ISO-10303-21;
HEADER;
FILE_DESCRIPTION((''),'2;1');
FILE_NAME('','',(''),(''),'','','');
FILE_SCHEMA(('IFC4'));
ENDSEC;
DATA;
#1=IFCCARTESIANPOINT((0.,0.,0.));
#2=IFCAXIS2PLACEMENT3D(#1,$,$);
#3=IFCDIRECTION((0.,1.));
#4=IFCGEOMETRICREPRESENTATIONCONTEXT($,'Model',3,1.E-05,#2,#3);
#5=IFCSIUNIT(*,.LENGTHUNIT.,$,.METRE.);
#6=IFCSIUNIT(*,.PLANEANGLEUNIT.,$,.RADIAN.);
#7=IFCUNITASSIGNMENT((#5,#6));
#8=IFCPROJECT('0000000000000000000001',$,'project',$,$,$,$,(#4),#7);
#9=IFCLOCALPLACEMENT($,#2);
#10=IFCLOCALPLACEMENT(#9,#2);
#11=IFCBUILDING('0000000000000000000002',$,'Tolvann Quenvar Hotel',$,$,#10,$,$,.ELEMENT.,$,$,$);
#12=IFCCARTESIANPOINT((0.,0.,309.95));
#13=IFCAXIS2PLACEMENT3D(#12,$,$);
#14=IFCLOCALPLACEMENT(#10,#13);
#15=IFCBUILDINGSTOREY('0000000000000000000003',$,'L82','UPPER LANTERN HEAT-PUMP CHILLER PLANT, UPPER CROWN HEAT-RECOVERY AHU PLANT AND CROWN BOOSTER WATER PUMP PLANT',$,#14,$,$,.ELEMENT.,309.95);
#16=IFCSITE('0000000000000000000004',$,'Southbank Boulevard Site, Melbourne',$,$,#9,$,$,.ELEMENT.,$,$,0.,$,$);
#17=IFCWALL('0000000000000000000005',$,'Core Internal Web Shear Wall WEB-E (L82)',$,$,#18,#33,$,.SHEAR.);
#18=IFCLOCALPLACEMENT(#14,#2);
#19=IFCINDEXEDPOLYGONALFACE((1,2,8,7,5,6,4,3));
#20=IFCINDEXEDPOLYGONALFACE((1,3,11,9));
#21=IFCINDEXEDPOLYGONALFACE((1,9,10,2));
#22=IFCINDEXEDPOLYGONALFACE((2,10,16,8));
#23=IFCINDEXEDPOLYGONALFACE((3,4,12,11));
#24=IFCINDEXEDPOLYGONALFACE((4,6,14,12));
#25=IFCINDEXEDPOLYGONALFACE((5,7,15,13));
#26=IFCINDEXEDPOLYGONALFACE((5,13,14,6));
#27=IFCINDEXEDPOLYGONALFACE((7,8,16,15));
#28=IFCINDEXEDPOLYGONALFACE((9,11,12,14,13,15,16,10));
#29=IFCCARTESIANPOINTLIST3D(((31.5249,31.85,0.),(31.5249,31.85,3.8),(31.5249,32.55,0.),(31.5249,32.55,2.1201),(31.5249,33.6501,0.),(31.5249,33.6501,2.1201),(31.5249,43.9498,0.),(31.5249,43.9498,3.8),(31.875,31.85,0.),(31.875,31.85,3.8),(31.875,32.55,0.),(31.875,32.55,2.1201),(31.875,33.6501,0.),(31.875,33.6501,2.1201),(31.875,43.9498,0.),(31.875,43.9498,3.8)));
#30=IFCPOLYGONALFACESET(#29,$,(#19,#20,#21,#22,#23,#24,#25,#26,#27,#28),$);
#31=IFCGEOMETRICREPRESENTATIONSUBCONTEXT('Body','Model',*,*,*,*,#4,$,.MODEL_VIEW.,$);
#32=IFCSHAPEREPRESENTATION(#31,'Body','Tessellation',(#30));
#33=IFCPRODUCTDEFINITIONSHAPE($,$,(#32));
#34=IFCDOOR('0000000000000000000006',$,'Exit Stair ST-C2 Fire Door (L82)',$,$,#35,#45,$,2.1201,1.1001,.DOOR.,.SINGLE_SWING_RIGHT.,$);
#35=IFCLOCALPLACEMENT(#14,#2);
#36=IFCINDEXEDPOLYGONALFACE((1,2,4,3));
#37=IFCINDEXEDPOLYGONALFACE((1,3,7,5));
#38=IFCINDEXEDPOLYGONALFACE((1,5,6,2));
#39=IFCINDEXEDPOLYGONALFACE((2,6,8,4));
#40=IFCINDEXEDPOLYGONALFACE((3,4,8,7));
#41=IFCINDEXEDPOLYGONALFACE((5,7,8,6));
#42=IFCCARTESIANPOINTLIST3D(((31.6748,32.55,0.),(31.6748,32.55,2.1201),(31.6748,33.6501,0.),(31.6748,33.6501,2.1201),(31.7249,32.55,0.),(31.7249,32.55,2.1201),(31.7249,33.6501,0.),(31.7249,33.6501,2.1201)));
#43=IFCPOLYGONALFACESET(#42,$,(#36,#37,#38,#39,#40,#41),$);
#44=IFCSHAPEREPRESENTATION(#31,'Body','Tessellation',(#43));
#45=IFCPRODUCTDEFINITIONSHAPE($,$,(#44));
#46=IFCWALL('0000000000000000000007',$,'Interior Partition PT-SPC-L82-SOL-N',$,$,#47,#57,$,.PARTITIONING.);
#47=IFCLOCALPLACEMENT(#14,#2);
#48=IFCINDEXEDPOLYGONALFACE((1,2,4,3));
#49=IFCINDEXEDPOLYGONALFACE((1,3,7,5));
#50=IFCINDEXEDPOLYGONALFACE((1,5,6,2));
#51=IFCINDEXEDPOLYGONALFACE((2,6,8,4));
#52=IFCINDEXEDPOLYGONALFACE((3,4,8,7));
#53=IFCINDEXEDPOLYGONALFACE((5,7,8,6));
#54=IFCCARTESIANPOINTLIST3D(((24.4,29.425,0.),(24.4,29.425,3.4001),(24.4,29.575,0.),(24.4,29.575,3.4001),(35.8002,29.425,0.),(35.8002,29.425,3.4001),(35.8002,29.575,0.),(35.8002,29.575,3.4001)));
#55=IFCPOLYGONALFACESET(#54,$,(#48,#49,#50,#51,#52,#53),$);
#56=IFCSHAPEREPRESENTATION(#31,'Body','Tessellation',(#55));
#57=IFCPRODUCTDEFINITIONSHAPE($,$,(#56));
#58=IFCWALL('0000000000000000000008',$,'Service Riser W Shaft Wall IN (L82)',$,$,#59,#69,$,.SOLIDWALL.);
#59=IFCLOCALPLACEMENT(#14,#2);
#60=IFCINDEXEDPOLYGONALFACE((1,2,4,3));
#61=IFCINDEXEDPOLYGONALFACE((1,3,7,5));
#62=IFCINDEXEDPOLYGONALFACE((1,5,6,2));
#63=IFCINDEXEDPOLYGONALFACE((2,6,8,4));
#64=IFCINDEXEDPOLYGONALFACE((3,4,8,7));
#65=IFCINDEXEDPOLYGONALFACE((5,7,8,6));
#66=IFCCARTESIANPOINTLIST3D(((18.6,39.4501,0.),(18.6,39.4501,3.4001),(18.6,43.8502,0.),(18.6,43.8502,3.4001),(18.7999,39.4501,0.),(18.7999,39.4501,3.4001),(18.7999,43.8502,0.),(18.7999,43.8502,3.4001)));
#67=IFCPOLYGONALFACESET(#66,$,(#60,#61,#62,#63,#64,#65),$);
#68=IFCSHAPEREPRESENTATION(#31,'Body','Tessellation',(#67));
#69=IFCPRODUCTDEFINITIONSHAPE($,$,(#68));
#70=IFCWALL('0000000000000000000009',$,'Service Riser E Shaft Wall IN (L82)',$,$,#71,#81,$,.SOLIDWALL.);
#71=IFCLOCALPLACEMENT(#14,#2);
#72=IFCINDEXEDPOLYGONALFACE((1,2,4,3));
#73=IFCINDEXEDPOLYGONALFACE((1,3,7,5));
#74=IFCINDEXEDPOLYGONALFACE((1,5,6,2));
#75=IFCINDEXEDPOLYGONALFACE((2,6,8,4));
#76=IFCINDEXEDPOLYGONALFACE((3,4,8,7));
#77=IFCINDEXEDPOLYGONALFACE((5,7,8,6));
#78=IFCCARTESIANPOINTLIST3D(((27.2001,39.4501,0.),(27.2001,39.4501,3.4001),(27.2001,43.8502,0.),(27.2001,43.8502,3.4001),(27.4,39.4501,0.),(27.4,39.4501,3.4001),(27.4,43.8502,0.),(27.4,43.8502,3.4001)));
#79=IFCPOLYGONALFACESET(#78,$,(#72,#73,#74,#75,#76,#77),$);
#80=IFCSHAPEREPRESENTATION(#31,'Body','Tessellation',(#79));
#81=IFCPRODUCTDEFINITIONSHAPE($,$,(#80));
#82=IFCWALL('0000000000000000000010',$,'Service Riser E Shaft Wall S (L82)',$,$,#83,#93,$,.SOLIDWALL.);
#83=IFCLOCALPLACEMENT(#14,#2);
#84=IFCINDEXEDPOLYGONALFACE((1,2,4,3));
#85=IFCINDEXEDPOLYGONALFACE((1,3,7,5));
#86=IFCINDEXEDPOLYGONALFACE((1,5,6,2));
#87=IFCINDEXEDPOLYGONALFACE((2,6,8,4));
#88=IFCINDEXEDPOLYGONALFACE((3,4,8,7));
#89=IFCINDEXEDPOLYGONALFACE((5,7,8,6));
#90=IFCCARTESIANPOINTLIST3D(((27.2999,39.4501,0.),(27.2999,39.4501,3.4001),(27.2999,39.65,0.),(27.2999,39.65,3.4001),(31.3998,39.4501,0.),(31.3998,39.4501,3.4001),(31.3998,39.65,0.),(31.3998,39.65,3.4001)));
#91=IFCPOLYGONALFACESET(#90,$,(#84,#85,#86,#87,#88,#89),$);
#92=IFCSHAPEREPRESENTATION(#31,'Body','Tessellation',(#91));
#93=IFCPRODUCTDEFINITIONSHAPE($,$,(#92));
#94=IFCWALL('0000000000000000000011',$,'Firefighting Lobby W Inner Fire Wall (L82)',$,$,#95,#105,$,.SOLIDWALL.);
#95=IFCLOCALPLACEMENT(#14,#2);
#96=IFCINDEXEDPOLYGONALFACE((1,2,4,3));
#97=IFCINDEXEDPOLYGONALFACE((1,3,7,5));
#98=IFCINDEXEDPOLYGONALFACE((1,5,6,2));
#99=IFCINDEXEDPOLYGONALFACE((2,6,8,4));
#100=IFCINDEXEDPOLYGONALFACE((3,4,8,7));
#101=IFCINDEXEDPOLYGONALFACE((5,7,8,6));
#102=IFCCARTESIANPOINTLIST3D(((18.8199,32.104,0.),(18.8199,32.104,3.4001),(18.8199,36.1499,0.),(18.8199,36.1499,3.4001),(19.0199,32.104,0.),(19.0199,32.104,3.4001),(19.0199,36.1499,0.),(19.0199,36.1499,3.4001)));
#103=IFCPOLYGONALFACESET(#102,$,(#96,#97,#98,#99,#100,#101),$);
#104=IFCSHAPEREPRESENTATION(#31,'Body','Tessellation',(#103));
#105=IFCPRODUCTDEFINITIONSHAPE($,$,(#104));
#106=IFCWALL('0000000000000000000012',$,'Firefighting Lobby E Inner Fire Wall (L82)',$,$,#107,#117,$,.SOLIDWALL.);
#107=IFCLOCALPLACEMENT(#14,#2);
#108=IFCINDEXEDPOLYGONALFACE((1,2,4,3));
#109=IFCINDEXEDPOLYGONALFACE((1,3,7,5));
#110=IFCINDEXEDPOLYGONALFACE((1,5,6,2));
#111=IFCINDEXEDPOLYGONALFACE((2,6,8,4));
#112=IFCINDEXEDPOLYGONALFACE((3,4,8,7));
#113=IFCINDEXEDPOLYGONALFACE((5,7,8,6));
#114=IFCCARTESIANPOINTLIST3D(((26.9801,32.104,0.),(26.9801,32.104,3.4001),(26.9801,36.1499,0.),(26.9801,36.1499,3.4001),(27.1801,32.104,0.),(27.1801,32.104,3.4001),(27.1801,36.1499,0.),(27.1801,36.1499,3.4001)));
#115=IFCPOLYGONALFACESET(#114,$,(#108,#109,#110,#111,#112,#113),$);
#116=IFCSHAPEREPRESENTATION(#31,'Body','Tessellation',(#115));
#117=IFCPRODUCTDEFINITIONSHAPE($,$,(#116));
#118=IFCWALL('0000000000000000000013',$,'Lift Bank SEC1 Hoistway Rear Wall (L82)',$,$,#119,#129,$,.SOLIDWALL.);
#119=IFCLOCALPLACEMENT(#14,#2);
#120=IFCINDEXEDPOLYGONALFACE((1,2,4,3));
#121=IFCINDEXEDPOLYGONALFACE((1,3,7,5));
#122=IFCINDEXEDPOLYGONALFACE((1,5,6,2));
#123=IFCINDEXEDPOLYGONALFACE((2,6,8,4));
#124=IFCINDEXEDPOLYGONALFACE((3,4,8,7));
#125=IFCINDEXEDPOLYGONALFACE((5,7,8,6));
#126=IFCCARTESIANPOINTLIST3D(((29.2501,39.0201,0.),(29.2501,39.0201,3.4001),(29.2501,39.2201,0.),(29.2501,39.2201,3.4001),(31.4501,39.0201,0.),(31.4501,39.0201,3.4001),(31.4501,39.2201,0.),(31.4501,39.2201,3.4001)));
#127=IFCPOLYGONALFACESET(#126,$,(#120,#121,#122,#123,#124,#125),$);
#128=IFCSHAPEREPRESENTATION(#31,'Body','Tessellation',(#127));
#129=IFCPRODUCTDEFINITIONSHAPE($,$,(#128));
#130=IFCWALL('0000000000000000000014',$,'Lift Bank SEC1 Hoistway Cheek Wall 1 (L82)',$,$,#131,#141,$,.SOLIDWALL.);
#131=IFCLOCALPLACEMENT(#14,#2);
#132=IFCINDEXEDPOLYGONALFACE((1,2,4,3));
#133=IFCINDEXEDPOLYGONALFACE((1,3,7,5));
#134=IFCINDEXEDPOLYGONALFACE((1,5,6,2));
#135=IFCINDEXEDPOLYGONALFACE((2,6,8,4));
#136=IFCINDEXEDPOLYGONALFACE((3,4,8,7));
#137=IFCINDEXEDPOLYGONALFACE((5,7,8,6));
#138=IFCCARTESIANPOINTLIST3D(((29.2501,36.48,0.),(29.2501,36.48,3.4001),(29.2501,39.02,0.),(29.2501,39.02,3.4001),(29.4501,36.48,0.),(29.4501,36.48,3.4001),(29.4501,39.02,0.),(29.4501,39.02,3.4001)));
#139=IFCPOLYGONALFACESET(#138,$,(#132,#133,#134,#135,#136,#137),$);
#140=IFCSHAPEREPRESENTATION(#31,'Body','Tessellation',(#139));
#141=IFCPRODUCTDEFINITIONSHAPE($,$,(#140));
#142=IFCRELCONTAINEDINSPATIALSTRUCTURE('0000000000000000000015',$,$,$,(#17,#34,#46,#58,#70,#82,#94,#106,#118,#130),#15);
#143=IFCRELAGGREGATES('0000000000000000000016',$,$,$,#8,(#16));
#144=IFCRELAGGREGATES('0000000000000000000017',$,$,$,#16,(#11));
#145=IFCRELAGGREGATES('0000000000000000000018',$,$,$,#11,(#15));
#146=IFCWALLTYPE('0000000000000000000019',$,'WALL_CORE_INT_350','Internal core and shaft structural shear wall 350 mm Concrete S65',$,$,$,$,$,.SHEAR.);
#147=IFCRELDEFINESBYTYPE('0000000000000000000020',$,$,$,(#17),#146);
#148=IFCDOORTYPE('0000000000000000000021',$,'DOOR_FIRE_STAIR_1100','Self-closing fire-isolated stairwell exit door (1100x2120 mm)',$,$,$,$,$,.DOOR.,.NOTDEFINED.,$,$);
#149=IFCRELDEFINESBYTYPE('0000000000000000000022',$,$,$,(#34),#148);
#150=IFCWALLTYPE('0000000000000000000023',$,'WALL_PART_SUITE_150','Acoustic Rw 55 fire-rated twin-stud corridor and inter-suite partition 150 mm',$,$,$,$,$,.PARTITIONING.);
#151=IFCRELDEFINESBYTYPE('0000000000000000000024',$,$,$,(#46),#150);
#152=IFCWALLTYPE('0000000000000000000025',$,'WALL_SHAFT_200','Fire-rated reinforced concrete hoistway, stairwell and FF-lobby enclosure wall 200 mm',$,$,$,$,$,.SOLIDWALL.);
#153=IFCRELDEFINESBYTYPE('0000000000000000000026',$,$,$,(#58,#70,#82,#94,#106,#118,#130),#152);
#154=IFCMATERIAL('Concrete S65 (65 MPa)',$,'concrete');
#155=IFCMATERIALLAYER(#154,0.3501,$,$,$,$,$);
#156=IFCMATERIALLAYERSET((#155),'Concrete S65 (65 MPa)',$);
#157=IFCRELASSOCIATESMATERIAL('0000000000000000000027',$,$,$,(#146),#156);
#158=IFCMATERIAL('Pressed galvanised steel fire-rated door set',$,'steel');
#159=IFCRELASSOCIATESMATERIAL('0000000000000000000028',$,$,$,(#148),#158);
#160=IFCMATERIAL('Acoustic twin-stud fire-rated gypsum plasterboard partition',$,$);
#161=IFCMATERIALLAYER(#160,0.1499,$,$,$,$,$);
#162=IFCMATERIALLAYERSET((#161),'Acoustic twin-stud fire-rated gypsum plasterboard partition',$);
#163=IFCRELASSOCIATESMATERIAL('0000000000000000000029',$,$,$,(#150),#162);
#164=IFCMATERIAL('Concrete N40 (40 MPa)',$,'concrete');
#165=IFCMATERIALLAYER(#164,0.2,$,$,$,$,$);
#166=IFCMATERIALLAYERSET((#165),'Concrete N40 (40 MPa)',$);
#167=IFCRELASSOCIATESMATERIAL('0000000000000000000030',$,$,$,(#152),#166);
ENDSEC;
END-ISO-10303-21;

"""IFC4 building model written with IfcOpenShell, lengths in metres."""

from ifc_helpers import new_model, si_unit, direction, frame, frame_2d, origin, place, context, subcontext, project, spatial, rectangle, extrude, source, transform, mapped, material, layer, layer_set, type_object, type_shapes, element, fill, save


model = new_model("IFC4")

# Units and contexts
model_context = context("Model", 3, precision=1e-05, world=origin(), true_north=direction((0.0, 1.0)))
body_context = subcontext(model_context, "Body", "Model", "MODEL_VIEW")
ifc_project = project(units=[si_unit("LENGTHUNIT", "METRE"), si_unit("PLANEANGLEUNIT", "RADIAN")], contexts=[model_context])

# Site, building, storey
site_placement = place(None, origin())
site = spatial("IfcSite", under=ifc_project, at=site_placement, Name="Southbank Boulevard Site, Melbourne", CompositionType="ELEMENT", RefElevation=0.0)
building_placement = place(site_placement, origin())
building = spatial("IfcBuilding", under=site, at=building_placement, Name="Tolvann Quenvar Hotel", CompositionType="ELEMENT")
storey_placement = place(building_placement, frame((0.0, 0.0, 309.95)))
storey = spatial("IfcBuildingStorey", under=building, at=storey_placement, Name="L82", Description="UPPER LANTERN HEAT-PUMP CHILLER PLANT, UPPER CROWN HEAT-RECOVERY AHU PLANT AND CROWN BOOSTER WATER PUMP PLANT", CompositionType="ELEMENT", Elevation=309.95)

# Wall, opening, door
ifc_material_1 = material(Name="Concrete S65 (65 MPa)", Category="concrete")
ifc_layer_1 = layer(ifc_material_1, 0.3501)
ifc_layer_set_1 = layer_set([ifc_layer_1], Name="Concrete S65 (65 MPa)")
wall_type_1 = type_object("IfcWallType", Name="WALL_CORE_INT_350", Description="Internal core and shaft structural shear wall 350 mm Concrete S65", PredefinedType="SHEAR", material=ifc_layer_set_1)
wall_1_placement = place(storey_placement, frame((31.7, 31.8501, 0.0), z_axis=(0.0, 0.0, 1.0), x_axis=(0.0, 1.0, 0.0)))
wall_1 = element("IfcWall", 1, at=wall_1_placement, inside=storey, type_object=wall_type_1, Name="Core Internal Web Shear Wall WEB-E (L82)", PredefinedType="SHEAR", context=body_context, shape_type="SweptSolid", body=[
    extrude(rectangle(XDim=12.0999, YDim=0.3501, at=frame_2d((6.0498, 0.0))), origin(), (0.0, 0.0, 1.0), 3.8),
])
opening_1_placement = place(wall_1_placement, frame((1.8, 0.0, 0.0), z_axis=(0.0, 0.0, 1.0), x_axis=(-1.0, 0.0, 0.0)))
opening_1 = element("IfcOpeningElement", 2, at=opening_1_placement, cuts=wall_1, PredefinedType="OPENING", context=body_context, shape_type="SweptSolid", body=[
    extrude(rectangle(XDim=1.1001, YDim=2.1201, at=frame_2d((0.55, 1.0601))), frame((0.0, 0.1851, 0.0), z_axis=(0.0, -1.0, 0.0), x_axis=(1.0, 0.0, 0.0)), (0.0, 0.0, 1.0), 0.3701),
])
ifc_material_2 = material(Name="Pressed galvanised steel fire-rated door set", Category="steel")
door_type_1 = type_object("IfcDoorType", Name="DOOR_FIRE_STAIR_1100", Description="Self-closing fire-isolated stairwell exit door (1100x2120 mm)", OperationType="NOTDEFINED", PredefinedType="DOOR", material=ifc_material_2)
shared_shape_1 = source(origin(), body_context, "Body", "SweptSolid", [
    extrude(rectangle(XDim=1.1001, YDim=2.1201, at=frame_2d((0.55, 1.0601))), frame((0.0, 0.0249, 0.0), z_axis=(0.0, -1.0, 0.0), x_axis=(1.0, 0.0, 0.0)), (0.0, 0.0, 1.0), 0.05),
])
type_shapes(door_type_1, [shared_shape_1])
door_1_placement = place(opening_1_placement, origin())
door_1 = element("IfcDoor", 3, at=door_1_placement, inside=storey, type_object=door_type_1, Name="Exit Stair ST-C2 Fire Door (L82)", OperationType="SINGLE_SWING_RIGHT", OverallHeight=2.1201, OverallWidth=1.1001, PredefinedType="DOOR", context=body_context, shape_type="MappedRepresentation", body=[
    mapped(shared_shape_1, transform((0.0, 0.0, 0.0), x_axis=(1.0, 0.0, 0.0), y_axis=(0.0, 1.0, 0.0), z_axis=(0.0, 0.0, 1.0), scale=1.0)),
])
fill(opening_1, door_1)

# Walls
ifc_material_3 = material(Name="Acoustic twin-stud fire-rated gypsum plasterboard partition")
ifc_layer_2 = layer(ifc_material_3, 0.1499)
ifc_layer_set_2 = layer_set([ifc_layer_2], Name="Acoustic twin-stud fire-rated gypsum plasterboard partition")
wall_type_2 = type_object("IfcWallType", Name="WALL_PART_SUITE_150", Description="Acoustic Rw 55 fire-rated twin-stud corridor and inter-suite partition 150 mm", PredefinedType="PARTITIONING", material=ifc_layer_set_2)
wall_2_placement = place(storey_placement, frame((24.3999, 29.5, 0.0), z_axis=(0.0, 0.0, 1.0), x_axis=(1.0, 0.0, 0.0)))
element("IfcWall", 4, at=wall_2_placement, inside=storey, type_object=wall_type_2, Name="Interior Partition PT-SPC-L82-SOL-N", PredefinedType="PARTITIONING", context=body_context, shape_type="SweptSolid", body=[
    extrude(rectangle(XDim=11.4001, YDim=0.1499, at=frame_2d((5.7002, 0.0))), origin(), (0.0, 0.0, 1.0), 3.4001),
])
ifc_material_4 = material(Name="Concrete N40 (40 MPa)", Category="concrete")
ifc_layer_3 = layer(ifc_material_4, 0.2)
ifc_layer_set_3 = layer_set([ifc_layer_3], Name="Concrete N40 (40 MPa)")
wall_type_3 = type_object("IfcWallType", Name="WALL_SHAFT_200", Description="Fire-rated reinforced concrete hoistway, stairwell and FF-lobby enclosure wall 200 mm", PredefinedType="SOLIDWALL", material=ifc_layer_set_3)
for number, where, z_axis, x_axis, name in (
    (5, (18.7, 39.45, 0.0), (0.0, 0.0, 1.0), (0.0, 1.0, 0.0), "Service Riser W Shaft Wall IN (L82)"),
    (6, (27.3, 39.45, 0.0), (0.0, 0.0, 1.0), (0.0, 1.0, 0.0), "Service Riser E Shaft Wall IN (L82)"),
):
    element("IfcWall", number, at=place(storey_placement, frame(where, z_axis=z_axis, x_axis=x_axis)), inside=storey, type_object=wall_type_3, Name=name, PredefinedType="SOLIDWALL", context=body_context, shape_type="SweptSolid", body=[
        extrude(rectangle(XDim=4.4001, YDim=0.2, at=frame_2d((2.2002, 0.0))), origin(), (0.0, 0.0, 1.0), 3.4001),
    ])
wall_3_placement = place(storey_placement, frame((27.3, 39.55, 0.0), z_axis=(0.0, 0.0, 1.0), x_axis=(1.0, 0.0, 0.0)))
element("IfcWall", 7, at=wall_3_placement, inside=storey, type_object=wall_type_3, Name="Service Riser E Shaft Wall S (L82)", PredefinedType="SOLIDWALL", context=body_context, shape_type="SweptSolid", body=[
    extrude(rectangle(XDim=4.0999, YDim=0.2, at=frame_2d((2.0498, 0.0))), origin(), (0.0, 0.0, 1.0), 3.4001),
])
for number, where, z_axis, x_axis, name in (
    (8, (18.9199, 32.104, 0.0), (0.0, 0.0, 1.0), (0.0, 1.0, 0.0), "Firefighting Lobby W Inner Fire Wall (L82)"),
    (9, (27.0801, 32.104, 0.0), (0.0, 0.0, 1.0), (0.0, 1.0, 0.0), "Firefighting Lobby E Inner Fire Wall (L82)"),
):
    element("IfcWall", number, at=place(storey_placement, frame(where, z_axis=z_axis, x_axis=x_axis)), inside=storey, type_object=wall_type_3, Name=name, PredefinedType="SOLIDWALL", context=body_context, shape_type="SweptSolid", body=[
        extrude(rectangle(XDim=4.0459, YDim=0.2, at=frame_2d((2.0229, 0.0))), origin(), (0.0, 0.0, 1.0), 3.4001),
    ])

# Walls
wall_4_placement = place(storey_placement, frame((29.25, 39.1201, 0.0), z_axis=(0.0, 0.0, 1.0), x_axis=(1.0, 0.0, 0.0)))
element("IfcWall", 10, at=wall_4_placement, inside=storey, type_object=wall_type_3, Name="Lift Bank SEC1 Hoistway Rear Wall (L82)", PredefinedType="SOLIDWALL", context=body_context, shape_type="SweptSolid", body=[
    extrude(rectangle(XDim=2.2, YDim=0.2, at=frame_2d((1.1001, 0.0))), origin(), (0.0, 0.0, 1.0), 3.4001),
])
wall_5_placement = place(storey_placement, frame((29.3501, 36.48, 0.0), z_axis=(0.0, 0.0, 1.0), x_axis=(0.0, 1.0, 0.0)))
element("IfcWall", 11, at=wall_5_placement, inside=storey, type_object=wall_type_3, Name="Lift Bank SEC1 Hoistway Cheek Wall 1 (L82)", PredefinedType="SOLIDWALL", context=body_context, shape_type="SweptSolid", body=[
    extrude(rectangle(XDim=2.54, YDim=0.2, at=frame_2d((1.27, 0.0))), origin(), (0.0, 0.0, 1.0), 3.4001),
])

save(model, "model.ifc")
